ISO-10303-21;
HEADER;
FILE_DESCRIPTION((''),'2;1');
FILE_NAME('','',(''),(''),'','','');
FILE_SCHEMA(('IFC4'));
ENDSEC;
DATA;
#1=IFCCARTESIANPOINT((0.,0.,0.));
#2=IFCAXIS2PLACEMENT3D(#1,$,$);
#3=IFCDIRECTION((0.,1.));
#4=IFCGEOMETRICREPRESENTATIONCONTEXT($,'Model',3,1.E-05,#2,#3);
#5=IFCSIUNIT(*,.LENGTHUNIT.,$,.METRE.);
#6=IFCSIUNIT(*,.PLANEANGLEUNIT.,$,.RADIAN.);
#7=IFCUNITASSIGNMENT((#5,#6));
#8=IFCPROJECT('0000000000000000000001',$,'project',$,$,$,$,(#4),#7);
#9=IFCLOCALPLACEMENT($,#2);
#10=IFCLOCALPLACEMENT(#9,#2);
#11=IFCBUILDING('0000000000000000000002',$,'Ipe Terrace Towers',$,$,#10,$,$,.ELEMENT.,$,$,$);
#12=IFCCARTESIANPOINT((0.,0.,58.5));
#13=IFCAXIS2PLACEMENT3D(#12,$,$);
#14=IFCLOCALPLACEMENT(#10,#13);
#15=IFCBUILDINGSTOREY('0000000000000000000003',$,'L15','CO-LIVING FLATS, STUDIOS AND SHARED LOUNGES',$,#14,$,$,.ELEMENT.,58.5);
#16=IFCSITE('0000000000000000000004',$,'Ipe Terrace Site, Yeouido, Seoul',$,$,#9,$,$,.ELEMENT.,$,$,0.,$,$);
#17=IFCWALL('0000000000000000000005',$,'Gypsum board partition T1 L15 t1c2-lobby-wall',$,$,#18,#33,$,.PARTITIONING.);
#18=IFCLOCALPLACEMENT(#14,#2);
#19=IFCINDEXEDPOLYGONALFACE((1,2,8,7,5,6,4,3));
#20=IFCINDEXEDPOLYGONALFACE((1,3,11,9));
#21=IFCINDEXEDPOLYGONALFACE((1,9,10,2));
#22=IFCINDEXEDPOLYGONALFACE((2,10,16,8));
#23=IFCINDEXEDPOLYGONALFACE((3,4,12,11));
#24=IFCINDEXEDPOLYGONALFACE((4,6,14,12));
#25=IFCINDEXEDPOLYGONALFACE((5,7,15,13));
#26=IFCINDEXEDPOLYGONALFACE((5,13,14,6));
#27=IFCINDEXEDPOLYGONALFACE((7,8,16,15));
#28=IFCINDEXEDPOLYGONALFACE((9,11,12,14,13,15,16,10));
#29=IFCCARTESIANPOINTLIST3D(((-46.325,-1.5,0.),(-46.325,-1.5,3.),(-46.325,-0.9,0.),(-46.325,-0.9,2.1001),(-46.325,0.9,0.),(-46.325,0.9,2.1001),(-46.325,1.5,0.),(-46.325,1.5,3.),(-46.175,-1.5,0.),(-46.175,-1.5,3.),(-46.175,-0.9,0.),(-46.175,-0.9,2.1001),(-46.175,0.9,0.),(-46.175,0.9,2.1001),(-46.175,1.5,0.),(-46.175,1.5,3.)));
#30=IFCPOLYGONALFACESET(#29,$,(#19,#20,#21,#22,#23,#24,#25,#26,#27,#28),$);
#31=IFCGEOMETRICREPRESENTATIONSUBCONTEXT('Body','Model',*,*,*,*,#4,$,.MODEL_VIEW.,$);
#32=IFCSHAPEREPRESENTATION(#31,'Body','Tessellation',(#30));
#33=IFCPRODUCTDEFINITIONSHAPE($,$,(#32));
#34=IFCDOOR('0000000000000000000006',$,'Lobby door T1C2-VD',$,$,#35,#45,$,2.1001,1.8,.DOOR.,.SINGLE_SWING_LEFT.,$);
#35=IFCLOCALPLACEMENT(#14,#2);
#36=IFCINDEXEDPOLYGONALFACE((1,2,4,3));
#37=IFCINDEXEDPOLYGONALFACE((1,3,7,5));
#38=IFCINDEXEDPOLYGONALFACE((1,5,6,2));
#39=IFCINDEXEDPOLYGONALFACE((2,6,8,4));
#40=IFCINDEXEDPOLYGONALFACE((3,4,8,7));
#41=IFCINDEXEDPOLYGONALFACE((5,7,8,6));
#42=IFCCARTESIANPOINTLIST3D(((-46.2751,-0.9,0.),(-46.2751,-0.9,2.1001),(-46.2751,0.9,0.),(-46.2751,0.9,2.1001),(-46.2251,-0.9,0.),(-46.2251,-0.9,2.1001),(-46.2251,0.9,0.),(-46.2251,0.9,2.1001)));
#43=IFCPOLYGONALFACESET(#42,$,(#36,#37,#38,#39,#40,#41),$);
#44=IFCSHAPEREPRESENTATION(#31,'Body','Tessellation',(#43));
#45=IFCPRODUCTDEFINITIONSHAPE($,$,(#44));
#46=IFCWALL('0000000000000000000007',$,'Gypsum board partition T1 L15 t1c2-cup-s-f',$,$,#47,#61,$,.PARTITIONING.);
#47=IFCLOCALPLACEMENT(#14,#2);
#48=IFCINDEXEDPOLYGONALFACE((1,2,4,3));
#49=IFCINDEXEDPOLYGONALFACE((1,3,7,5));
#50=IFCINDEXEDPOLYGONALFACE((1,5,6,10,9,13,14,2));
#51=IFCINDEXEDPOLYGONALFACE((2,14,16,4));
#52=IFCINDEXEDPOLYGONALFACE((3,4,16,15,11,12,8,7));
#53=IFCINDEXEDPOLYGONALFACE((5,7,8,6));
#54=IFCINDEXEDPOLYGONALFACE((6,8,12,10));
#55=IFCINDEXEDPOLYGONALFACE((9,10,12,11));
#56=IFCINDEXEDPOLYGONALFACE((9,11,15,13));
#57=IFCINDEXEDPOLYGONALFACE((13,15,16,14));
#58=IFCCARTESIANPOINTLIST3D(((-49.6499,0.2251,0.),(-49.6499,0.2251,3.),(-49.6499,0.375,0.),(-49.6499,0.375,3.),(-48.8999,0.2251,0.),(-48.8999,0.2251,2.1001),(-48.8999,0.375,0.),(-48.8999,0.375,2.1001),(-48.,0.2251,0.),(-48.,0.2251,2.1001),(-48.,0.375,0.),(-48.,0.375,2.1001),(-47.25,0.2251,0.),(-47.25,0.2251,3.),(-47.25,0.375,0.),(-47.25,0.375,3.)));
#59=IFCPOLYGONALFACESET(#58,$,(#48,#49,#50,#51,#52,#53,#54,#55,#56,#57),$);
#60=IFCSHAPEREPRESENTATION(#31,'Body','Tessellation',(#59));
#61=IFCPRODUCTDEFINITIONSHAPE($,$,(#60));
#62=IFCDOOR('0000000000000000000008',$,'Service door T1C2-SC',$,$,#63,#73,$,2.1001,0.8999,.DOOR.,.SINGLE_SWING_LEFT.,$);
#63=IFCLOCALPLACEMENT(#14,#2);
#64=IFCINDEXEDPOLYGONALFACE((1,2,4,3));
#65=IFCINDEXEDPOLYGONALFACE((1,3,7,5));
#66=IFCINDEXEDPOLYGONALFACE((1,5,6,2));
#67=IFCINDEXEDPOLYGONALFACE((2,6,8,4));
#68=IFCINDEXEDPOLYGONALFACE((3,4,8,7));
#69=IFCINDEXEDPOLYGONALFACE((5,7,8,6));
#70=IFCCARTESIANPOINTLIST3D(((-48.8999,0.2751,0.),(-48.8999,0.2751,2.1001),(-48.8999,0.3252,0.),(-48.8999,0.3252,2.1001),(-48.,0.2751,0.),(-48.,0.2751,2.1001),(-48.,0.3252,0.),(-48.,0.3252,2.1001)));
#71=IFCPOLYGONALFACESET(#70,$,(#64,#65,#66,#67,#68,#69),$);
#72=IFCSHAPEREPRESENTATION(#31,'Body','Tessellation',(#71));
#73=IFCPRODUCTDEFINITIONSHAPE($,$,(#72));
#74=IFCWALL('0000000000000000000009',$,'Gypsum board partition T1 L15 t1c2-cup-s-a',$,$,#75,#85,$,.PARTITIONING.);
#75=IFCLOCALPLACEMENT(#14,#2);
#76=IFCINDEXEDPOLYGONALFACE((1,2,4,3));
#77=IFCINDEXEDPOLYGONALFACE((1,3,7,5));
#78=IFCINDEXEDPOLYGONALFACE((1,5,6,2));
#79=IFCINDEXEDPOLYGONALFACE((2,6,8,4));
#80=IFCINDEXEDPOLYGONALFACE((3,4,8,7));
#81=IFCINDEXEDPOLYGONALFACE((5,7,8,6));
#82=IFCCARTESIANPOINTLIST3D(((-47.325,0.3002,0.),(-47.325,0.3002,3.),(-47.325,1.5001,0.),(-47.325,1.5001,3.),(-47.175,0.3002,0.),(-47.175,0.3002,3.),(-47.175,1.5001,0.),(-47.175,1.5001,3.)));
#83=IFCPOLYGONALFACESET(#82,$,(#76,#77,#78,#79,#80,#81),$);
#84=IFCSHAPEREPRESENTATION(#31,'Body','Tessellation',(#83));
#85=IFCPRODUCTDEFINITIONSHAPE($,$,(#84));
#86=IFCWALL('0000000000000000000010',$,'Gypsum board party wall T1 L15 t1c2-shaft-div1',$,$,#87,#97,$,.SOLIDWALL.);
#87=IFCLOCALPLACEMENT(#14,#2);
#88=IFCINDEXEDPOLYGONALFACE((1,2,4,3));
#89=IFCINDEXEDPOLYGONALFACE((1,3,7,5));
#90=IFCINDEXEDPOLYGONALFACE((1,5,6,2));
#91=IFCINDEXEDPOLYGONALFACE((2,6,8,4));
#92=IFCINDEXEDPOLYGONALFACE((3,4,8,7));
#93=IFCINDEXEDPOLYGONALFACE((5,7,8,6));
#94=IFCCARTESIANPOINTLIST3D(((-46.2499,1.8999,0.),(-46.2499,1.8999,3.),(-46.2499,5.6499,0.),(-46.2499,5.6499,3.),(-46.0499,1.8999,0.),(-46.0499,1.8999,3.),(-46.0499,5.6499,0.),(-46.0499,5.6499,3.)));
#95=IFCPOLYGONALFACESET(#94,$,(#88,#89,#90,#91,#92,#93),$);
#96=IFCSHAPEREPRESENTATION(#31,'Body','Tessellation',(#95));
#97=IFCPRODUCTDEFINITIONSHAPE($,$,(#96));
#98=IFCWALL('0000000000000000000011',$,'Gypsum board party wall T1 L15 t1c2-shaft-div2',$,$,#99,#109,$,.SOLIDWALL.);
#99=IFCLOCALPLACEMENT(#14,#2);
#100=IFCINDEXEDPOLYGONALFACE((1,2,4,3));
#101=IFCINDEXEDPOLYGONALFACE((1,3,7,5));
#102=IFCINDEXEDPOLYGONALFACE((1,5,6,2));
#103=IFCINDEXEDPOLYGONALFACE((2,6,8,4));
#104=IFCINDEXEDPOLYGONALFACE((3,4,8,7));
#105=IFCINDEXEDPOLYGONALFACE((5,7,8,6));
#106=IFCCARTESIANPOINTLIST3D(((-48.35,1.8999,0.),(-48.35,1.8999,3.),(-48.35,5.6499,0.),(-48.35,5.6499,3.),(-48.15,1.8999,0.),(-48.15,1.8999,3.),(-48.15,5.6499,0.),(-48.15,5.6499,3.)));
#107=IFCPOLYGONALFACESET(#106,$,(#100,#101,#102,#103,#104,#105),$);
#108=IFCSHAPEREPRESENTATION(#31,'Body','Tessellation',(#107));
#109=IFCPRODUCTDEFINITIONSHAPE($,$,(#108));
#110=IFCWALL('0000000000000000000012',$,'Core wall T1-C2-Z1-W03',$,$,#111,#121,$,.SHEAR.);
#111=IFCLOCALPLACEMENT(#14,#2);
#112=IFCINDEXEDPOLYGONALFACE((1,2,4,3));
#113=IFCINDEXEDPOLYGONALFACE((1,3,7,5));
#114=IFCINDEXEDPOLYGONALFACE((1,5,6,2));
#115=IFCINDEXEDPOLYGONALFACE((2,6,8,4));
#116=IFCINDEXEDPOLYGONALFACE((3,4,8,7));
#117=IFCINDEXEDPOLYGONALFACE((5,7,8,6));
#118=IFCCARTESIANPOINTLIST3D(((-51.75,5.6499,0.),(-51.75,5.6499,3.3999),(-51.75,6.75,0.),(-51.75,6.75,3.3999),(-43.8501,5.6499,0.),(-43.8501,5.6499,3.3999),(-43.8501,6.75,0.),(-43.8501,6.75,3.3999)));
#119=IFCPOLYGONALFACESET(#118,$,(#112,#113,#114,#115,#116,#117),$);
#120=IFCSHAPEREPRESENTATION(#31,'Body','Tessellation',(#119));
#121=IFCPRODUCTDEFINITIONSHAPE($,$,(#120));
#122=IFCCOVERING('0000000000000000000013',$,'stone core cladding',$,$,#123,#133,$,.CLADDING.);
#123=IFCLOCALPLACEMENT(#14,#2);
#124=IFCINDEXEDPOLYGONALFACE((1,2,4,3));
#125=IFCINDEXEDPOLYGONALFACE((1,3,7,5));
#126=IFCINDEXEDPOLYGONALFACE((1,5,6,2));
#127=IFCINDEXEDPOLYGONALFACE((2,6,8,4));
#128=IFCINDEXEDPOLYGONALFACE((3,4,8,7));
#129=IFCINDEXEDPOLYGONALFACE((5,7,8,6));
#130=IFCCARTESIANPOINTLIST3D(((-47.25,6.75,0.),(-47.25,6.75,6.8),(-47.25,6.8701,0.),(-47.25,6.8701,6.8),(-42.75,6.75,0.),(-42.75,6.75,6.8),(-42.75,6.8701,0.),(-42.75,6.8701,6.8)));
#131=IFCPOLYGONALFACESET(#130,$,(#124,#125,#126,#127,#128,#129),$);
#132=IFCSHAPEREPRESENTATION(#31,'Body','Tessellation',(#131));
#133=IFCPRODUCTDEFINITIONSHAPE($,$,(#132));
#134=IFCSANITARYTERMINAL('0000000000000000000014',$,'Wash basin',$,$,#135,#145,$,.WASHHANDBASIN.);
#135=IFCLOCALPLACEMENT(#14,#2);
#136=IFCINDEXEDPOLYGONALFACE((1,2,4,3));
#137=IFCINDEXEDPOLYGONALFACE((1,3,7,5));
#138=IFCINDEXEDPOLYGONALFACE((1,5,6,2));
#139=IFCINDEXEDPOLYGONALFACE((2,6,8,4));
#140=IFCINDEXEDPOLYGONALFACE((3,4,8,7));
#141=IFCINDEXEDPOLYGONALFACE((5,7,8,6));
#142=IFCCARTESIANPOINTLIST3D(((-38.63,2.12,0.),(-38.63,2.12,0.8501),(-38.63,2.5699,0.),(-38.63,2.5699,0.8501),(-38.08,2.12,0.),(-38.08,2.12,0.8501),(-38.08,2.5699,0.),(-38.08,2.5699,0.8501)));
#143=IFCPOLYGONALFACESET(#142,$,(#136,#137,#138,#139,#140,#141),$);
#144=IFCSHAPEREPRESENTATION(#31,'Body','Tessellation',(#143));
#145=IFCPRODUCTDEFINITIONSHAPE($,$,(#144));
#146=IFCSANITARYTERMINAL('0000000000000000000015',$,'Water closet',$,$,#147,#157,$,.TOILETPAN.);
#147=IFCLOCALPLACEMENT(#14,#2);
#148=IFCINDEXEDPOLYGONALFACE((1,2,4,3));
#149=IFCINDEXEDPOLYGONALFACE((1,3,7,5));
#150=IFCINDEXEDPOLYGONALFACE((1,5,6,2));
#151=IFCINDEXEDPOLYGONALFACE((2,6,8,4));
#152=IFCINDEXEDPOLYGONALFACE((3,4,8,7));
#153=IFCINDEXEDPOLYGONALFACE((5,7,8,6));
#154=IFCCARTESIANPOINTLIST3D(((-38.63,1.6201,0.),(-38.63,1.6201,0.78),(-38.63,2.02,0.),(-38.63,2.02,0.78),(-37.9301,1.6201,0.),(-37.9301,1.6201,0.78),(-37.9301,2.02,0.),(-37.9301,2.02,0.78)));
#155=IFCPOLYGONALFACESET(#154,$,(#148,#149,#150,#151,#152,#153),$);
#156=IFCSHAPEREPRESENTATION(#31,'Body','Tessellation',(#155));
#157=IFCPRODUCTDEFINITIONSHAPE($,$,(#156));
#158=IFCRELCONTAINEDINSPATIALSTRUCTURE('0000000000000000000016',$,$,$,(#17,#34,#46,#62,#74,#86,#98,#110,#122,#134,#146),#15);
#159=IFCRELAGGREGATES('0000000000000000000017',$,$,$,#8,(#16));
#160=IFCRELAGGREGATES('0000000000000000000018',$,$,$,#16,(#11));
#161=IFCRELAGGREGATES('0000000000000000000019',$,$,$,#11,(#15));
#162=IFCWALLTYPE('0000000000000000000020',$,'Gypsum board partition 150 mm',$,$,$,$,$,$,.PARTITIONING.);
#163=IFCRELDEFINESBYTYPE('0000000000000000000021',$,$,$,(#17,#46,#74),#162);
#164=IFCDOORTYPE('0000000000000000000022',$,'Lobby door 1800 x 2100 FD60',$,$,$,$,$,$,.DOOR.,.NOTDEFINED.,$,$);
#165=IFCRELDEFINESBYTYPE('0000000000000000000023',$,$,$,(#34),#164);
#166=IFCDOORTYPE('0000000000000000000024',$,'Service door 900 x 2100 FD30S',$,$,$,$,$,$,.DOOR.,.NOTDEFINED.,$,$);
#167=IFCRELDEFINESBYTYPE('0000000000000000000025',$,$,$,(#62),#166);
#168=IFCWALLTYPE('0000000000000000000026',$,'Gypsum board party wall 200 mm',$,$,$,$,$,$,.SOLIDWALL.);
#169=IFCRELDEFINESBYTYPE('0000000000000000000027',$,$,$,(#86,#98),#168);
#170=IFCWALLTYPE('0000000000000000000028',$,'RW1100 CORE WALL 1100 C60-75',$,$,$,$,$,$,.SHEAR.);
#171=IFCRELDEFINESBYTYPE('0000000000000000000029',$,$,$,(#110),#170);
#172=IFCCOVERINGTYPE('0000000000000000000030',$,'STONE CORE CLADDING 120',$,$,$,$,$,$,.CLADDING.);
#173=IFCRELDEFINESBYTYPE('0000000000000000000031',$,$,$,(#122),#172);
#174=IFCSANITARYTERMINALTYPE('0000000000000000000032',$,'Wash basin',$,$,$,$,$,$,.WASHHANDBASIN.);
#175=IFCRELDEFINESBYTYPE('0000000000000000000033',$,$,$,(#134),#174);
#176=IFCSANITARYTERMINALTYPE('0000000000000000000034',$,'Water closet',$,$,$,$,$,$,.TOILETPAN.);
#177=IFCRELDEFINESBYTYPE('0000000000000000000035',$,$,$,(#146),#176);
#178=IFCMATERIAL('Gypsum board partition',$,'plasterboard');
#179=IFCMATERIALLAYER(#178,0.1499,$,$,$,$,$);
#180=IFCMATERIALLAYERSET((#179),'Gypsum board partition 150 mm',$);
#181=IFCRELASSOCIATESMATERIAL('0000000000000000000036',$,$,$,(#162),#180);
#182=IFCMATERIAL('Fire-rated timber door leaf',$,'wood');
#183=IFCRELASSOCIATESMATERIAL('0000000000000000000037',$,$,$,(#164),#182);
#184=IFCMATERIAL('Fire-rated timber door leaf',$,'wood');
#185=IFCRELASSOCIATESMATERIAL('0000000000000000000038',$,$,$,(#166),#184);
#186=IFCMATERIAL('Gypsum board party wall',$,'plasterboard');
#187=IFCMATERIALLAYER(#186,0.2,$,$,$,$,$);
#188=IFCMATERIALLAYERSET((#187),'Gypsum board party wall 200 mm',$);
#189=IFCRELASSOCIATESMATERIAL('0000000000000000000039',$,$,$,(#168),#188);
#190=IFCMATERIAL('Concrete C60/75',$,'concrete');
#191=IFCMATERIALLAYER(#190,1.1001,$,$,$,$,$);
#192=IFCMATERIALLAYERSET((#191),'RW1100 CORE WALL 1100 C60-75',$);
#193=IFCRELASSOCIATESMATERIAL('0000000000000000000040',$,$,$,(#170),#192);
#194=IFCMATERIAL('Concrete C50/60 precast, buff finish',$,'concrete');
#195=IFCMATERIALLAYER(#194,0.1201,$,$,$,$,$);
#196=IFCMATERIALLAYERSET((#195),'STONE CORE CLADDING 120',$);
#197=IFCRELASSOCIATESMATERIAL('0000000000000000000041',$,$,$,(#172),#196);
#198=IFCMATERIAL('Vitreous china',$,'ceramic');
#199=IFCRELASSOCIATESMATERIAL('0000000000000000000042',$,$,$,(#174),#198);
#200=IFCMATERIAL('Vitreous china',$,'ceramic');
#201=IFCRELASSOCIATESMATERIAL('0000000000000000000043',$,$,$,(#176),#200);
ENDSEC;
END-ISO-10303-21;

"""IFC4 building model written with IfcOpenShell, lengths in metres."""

from ifc_helpers import new_model, si_unit, direction, frame, frame_2d, origin, origin_2d, place, context, subcontext, project, spatial, rectangle, extrude, material, layer, layer_set, type_object, element, fill, save


model = new_model("IFC4")

# Units and contexts
model_context = context("Model", 3, precision=1e-05, world=origin(), true_north=direction((0.0, 1.0)))
body_context = subcontext(model_context, "Body", "Model", "MODEL_VIEW")
ifc_project = project(units=[si_unit("LENGTHUNIT", "METRE"), si_unit("PLANEANGLEUNIT", "RADIAN")], contexts=[model_context])

# Site, building, storey
site_placement = place(None, origin())
site = spatial("IfcSite", under=ifc_project, at=site_placement, Name="Ipe Terrace Site, Yeouido, Seoul", CompositionType="ELEMENT", RefElevation=0.0)
building_placement = place(site_placement, origin())
building = spatial("IfcBuilding", under=site, at=building_placement, Name="Ipe Terrace Towers", CompositionType="ELEMENT")
storey_placement = place(building_placement, frame((0.0, 0.0, 58.5)))
storey = spatial("IfcBuildingStorey", under=building, at=storey_placement, Name="L15", Description="CO-LIVING FLATS, STUDIOS AND SHARED LOUNGES", CompositionType="ELEMENT", Elevation=58.5)

# Walls, openings, doors
ifc_material_1 = material(Name="Gypsum board partition", Category="plasterboard")
ifc_layer_1 = layer(ifc_material_1, 0.1499)
ifc_layer_set_1 = layer_set([ifc_layer_1], Name="Gypsum board partition 150 mm")
wall_type_1 = type_object("IfcWallType", Name="Gypsum board partition 150 mm", PredefinedType="PARTITIONING", material=ifc_layer_set_1)
wall_1_placement = place(storey_placement, frame((-46.25, 1.5, 0.0), z_axis=(0.0, 0.0, 1.0), x_axis=(0.0, -1.0, 0.0)))
wall_1 = element("IfcWall", 1, at=wall_1_placement, inside=storey, type_object=wall_type_1, Name="Gypsum board partition T1 L15 t1c2-lobby-wall", PredefinedType="PARTITIONING", context=body_context, shape_type="SweptSolid", body=[
    extrude(rectangle(XDim=3.0, YDim=0.1499, at=frame_2d((1.5, 0.0))), origin(), (0.0, 0.0, 1.0), 3.0),
])
opening_1_placement = place(wall_1_placement, frame((0.6001, 0.0, 0.0)))
opening_1 = element("IfcOpeningElement", 2, at=opening_1_placement, cuts=wall_1, PredefinedType="OPENING", context=body_context, shape_type="SweptSolid", body=[
    extrude(rectangle(XDim=1.8, YDim=2.1001, at=frame_2d((0.8999, 1.05))), frame((0.0, 0.085, 0.0), z_axis=(0.0, -1.0, 0.0), x_axis=(1.0, 0.0, 0.0)), (0.0, 0.0, 1.0), 0.1699),
])
ifc_material_2 = material(Name="Fire-rated timber door leaf", Category="wood")
door_type_1 = type_object("IfcDoorType", Name="Lobby door 1800 x 2100 FD60", OperationType="NOTDEFINED", PredefinedType="DOOR", material=ifc_material_2)
door_1_placement = place(opening_1_placement, origin())
door_1 = element("IfcDoor", 3, at=door_1_placement, inside=storey, type_object=door_type_1, Name="Lobby door T1C2-VD", OperationType="SINGLE_SWING_LEFT", OverallHeight=2.1001, OverallWidth=1.8, PredefinedType="DOOR", context=body_context, shape_type="SweptSolid", body=[
    extrude(rectangle(XDim=1.8, YDim=2.1001, at=frame_2d((0.8999, 1.05))), frame((0.0, 0.0249, 0.0), z_axis=(0.0, -1.0, 0.0), x_axis=(1.0, 0.0, 0.0)), (0.0, 0.0, 1.0), 0.05),
])
fill(opening_1, door_1)
wall_2_placement = place(storey_placement, frame((-47.25, 0.3, 0.0), z_axis=(0.0, 0.0, 1.0), x_axis=(-1.0, 0.0, 0.0)))
wall_2 = element("IfcWall", 4, at=wall_2_placement, inside=storey, type_object=wall_type_1, Name="Gypsum board partition T1 L15 t1c2-cup-s-f", PredefinedType="PARTITIONING", context=body_context, shape_type="SweptSolid", body=[
    extrude(rectangle(XDim=2.3999, YDim=0.1499, at=frame_2d((1.2, 0.0))), origin(), (0.0, 0.0, 1.0), 3.0),
])
opening_2_placement = place(wall_2_placement, frame((0.75, 0.0, 0.0)))
opening_2 = element("IfcOpeningElement", 5, at=opening_2_placement, cuts=wall_2, PredefinedType="OPENING", context=body_context, shape_type="SweptSolid", body=[
    extrude(rectangle(XDim=0.8999, YDim=2.1001, at=frame_2d((0.45, 1.05))), frame((0.0, 0.085, 0.0), z_axis=(0.0, -1.0, 0.0), x_axis=(1.0, 0.0, 0.0)), (0.0, 0.0, 1.0), 0.1699),
])
ifc_material_3 = material(Name="Fire-rated timber door leaf", Category="wood")
door_type_2 = type_object("IfcDoorType", Name="Service door 900 x 2100 FD30S", OperationType="NOTDEFINED", PredefinedType="DOOR", material=ifc_material_3)
door_2_placement = place(opening_2_placement, origin())
door_2 = element("IfcDoor", 6, at=door_2_placement, inside=storey, type_object=door_type_2, Name="Service door T1C2-SC", OperationType="SINGLE_SWING_LEFT", OverallHeight=2.1001, OverallWidth=0.8999, PredefinedType="DOOR", context=body_context, shape_type="SweptSolid", body=[
    extrude(rectangle(XDim=0.8999, YDim=2.1001, at=frame_2d((0.45, 1.05))), frame((0.0, 0.0249, 0.0), z_axis=(0.0, -1.0, 0.0), x_axis=(1.0, 0.0, 0.0)), (0.0, 0.0, 1.0), 0.05),
])
fill(opening_2, door_2)

# Walls
wall_3_placement = place(storey_placement, frame((-47.25, 0.3, 0.0), z_axis=(0.0, 0.0, 1.0), x_axis=(0.0, 1.0, 0.0)))
element("IfcWall", 7, at=wall_3_placement, inside=storey, type_object=wall_type_1, Name="Gypsum board partition T1 L15 t1c2-cup-s-a", PredefinedType="PARTITIONING", context=body_context, shape_type="SweptSolid", body=[
    extrude(rectangle(XDim=1.2, YDim=0.1499, at=frame_2d((0.6001, 0.0))), origin(), (0.0, 0.0, 1.0), 3.0),
])
ifc_material_4 = material(Name="Gypsum board party wall", Category="plasterboard")
ifc_layer_2 = layer(ifc_material_4, 0.2)
ifc_layer_set_2 = layer_set([ifc_layer_2], Name="Gypsum board party wall 200 mm")
wall_type_2 = type_object("IfcWallType", Name="Gypsum board party wall 200 mm", PredefinedType="SOLIDWALL", material=ifc_layer_set_2)
for number, where, z_axis, x_axis, name in (
    (8, (-46.1499, 5.6499, 0.0), (0.0, 0.0, 1.0), (0.0, -1.0, 0.0), "Gypsum board party wall T1 L15 t1c2-shaft-div1"),
    (9, (-48.25, 5.6499, 0.0), (0.0, 0.0, 1.0), (0.0, -1.0, 0.0), "Gypsum board party wall T1 L15 t1c2-shaft-div2"),
):
    element("IfcWall", number, at=place(storey_placement, frame(where, z_axis=z_axis, x_axis=x_axis)), inside=storey, type_object=wall_type_2, Name=name, PredefinedType="SOLIDWALL", context=body_context, shape_type="SweptSolid", body=[
        extrude(rectangle(XDim=3.75, YDim=0.2, at=frame_2d((1.875, 0.0))), origin(), (0.0, 0.0, 1.0), 3.0),
    ])
ifc_material_5 = material(Name="Concrete C60/75", Category="concrete")
ifc_layer_3 = layer(ifc_material_5, 1.1001)
ifc_layer_set_3 = layer_set([ifc_layer_3], Name="RW1100 CORE WALL 1100 C60-75")
wall_type_3 = type_object("IfcWallType", Name="RW1100 CORE WALL 1100 C60-75", PredefinedType="SHEAR", material=ifc_layer_set_3)
wall_4_placement = place(storey_placement, frame((-43.8501, 6.2, 0.0), z_axis=(0.0, 0.0, 1.0), x_axis=(-1.0, 0.0, 0.0)))
element("IfcWall", 10, at=wall_4_placement, inside=storey, type_object=wall_type_3, Name="Core wall T1-C2-Z1-W03", PredefinedType="SHEAR", context=body_context, shape_type="SweptSolid", body=[
    extrude(rectangle(XDim=7.8999, YDim=1.1001, at=frame_2d((3.95, 0.0))), origin(), (0.0, 0.0, 1.0), 3.3999),
])

# Covering
ifc_material_6 = material(Name="Concrete C50/60 precast, buff finish", Category="concrete")
ifc_layer_4 = layer(ifc_material_6, 0.1201)
ifc_layer_set_4 = layer_set([ifc_layer_4], Name="STONE CORE CLADDING 120")
covering_type = type_object("IfcCoveringType", Name="STONE CORE CLADDING 120", PredefinedType="CLADDING", material=ifc_layer_set_4)
covering_placement = place(storey_placement, frame((-45.0, 6.8101, 0.0), z_axis=(0.0, 0.0, 1.0), x_axis=(-1.0, 0.0, 0.0)))
element("IfcCovering", 11, at=covering_placement, inside=storey, type_object=covering_type, Name="stone core cladding", PredefinedType="CLADDING", context=body_context, shape_type="SweptSolid", body=[
    extrude(rectangle(XDim=4.5, YDim=0.1201, at=origin_2d()), origin(), (0.0, 0.0, 1.0), 6.8),
])

# Sanitary terminals
ifc_material_7 = material(Name="Vitreous china", Category="ceramic")
sanitary_terminal_type_1 = type_object("IfcSanitaryTerminalType", Name="Wash basin", PredefinedType="WASHHANDBASIN", material=ifc_material_7)
sanitary_terminal_1_placement = place(storey_placement, frame((-38.355, 2.345, 0.0), z_axis=(0.0, 0.0, 1.0), x_axis=(1.0, 0.0, 0.0)))
element("IfcSanitaryTerminal", 12, at=sanitary_terminal_1_placement, inside=storey, type_object=sanitary_terminal_type_1, Name="Wash basin", PredefinedType="WASHHANDBASIN", context=body_context, shape_type="SweptSolid", body=[
    extrude(rectangle(XDim=0.55, YDim=0.45, at=origin_2d()), origin(), (0.0, 0.0, 1.0), 0.8501),
])
ifc_material_8 = material(Name="Vitreous china", Category="ceramic")
sanitary_terminal_type_2 = type_object("IfcSanitaryTerminalType", Name="Water closet", PredefinedType="TOILETPAN", material=ifc_material_8)
sanitary_terminal_2_placement = place(storey_placement, frame((-38.28, 1.8201, 0.0), z_axis=(0.0, 0.0, 1.0), x_axis=(1.0, 0.0, 0.0)))
element("IfcSanitaryTerminal", 13, at=sanitary_terminal_2_placement, inside=storey, type_object=sanitary_terminal_type_2, Name="Water closet", PredefinedType="TOILETPAN", context=body_context, shape_type="SweptSolid", body=[
    extrude(rectangle(XDim=0.7, YDim=0.3999, at=origin_2d()), origin(), (0.0, 0.0, 1.0), 0.78),
])

save(model, "model.ifc")
